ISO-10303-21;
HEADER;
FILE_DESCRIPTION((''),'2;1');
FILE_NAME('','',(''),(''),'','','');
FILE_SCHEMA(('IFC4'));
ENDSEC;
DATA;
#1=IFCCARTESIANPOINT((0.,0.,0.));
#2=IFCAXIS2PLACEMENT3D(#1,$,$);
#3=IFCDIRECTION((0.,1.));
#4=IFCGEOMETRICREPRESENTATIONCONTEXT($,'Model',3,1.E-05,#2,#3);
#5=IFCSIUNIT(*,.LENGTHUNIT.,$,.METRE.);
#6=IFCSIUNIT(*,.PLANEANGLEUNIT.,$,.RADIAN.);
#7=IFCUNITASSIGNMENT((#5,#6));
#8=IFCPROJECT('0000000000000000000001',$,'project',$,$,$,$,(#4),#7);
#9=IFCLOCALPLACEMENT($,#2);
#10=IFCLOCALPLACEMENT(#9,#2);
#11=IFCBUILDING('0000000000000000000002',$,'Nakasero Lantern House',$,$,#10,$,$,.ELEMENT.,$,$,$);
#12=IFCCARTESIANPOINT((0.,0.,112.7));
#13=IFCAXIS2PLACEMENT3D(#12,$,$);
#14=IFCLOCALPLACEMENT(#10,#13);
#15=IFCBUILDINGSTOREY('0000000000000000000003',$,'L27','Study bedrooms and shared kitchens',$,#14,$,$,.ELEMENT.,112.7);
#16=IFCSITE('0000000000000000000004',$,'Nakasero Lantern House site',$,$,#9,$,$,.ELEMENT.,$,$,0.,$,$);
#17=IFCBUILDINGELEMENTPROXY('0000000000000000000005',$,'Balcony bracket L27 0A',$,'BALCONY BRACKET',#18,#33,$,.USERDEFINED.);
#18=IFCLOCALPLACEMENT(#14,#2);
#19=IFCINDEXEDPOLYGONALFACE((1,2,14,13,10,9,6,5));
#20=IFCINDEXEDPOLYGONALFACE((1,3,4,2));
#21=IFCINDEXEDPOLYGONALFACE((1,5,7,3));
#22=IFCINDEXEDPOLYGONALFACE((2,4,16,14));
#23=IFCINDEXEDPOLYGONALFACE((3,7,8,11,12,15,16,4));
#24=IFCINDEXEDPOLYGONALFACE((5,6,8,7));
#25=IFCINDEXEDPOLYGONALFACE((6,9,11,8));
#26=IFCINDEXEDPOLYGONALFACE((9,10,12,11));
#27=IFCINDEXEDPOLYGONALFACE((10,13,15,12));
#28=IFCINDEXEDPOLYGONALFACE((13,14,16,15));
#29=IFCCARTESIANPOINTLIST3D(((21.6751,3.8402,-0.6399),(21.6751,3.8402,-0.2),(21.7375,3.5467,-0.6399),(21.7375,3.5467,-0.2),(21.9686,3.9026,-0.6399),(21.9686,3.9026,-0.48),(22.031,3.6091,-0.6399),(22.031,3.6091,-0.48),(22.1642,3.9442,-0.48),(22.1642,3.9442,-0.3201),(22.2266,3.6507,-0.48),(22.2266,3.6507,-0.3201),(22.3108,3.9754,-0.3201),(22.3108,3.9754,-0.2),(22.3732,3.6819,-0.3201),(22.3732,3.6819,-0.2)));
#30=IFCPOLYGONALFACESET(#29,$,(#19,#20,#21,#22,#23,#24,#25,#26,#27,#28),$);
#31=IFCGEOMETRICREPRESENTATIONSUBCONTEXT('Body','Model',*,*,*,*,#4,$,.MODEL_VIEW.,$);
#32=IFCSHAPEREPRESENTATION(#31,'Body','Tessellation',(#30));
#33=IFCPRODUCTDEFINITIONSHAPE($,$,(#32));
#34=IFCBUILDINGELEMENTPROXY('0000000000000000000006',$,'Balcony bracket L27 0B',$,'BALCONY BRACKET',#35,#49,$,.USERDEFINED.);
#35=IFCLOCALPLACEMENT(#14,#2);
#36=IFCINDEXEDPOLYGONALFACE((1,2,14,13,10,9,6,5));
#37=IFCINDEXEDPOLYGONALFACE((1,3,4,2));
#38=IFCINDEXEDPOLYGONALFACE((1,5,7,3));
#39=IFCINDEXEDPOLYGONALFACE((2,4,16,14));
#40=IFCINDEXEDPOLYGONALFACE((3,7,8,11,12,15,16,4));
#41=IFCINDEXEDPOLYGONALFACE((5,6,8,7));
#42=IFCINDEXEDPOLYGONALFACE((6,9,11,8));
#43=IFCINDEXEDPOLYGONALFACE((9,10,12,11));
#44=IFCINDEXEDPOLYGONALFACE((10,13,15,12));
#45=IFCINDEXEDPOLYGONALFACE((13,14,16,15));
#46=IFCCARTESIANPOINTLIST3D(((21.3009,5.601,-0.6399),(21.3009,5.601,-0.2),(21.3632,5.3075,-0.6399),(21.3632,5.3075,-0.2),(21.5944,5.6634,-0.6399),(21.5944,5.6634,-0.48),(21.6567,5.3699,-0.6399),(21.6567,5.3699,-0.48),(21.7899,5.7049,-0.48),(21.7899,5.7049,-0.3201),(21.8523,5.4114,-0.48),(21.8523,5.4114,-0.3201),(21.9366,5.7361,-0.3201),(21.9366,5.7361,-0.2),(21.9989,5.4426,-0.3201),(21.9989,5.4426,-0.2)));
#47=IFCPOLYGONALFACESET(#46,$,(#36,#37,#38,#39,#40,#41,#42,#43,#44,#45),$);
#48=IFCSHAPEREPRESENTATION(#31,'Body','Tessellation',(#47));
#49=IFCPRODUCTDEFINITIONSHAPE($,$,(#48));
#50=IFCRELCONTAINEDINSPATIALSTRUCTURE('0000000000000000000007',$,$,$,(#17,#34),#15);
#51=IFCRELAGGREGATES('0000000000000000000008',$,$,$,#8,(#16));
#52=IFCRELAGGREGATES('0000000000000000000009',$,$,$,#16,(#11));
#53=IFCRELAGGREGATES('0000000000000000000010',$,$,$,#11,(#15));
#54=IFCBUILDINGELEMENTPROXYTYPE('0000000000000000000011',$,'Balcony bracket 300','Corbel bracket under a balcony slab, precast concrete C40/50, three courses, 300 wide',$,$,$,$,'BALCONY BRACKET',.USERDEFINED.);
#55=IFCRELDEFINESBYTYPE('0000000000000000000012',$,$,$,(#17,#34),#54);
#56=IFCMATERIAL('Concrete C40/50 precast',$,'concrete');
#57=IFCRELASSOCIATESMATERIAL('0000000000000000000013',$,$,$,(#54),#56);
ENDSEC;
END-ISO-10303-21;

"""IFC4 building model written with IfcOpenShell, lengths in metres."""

from ifc_helpers import new_model, si_unit, direction, frame, origin, place, context, subcontext, project, spatial, polyline, outline, extrude, material, type_object, element, save


model = new_model("IFC4")

# Units and contexts
model_context = context("Model", 3, precision=1e-05, world=origin(), true_north=direction((0.0, 1.0)))
body_context = subcontext(model_context, "Body", "Model", "MODEL_VIEW")
ifc_project = project(units=[si_unit("LENGTHUNIT", "METRE"), si_unit("PLANEANGLEUNIT", "RADIAN")], contexts=[model_context])

# Site, building, storey
site_placement = place(None, origin())
site = spatial("IfcSite", under=ifc_project, at=site_placement, Name="Nakasero Lantern House site", CompositionType="ELEMENT", RefElevation=0.0)
building_placement = place(site_placement, origin())
building = spatial("IfcBuilding", under=site, at=building_placement, Name="Nakasero Lantern House", CompositionType="ELEMENT")
storey_placement = place(building_placement, frame((0.0, 0.0, 112.7)))
storey = spatial("IfcBuildingStorey", under=building, at=storey_placement, Name="L27", Description="Study bedrooms and shared kitchens", CompositionType="ELEMENT", Elevation=112.7)

# Building element proxies
ifc_material_1 = material(Name="Concrete C40/50 precast", Category="concrete")
building_element_proxy_type = type_object("IfcBuildingElementProxyType", Name="Balcony bracket 300", Description="Corbel bracket under a balcony slab, precast concrete C40/50, three courses, 300 wide", ElementType="BALCONY BRACKET", PredefinedType="USERDEFINED", material=ifc_material_1)
for number, where, z_axis, x_axis, name in (
    (1, (21.7063, 3.6936, -0.2), (0.0, 0.0, 1.0), (0.978148, 0.207912, 0.0), "Balcony bracket L27 0A"),
    (2, (21.332, 5.4543, -0.2), (0.0, 0.0, 1.0), (0.978148, 0.207912, 0.0), "Balcony bracket L27 0B"),
):
    element("IfcBuildingElementProxy", number, at=place(storey_placement, frame(where, z_axis=z_axis, x_axis=x_axis)), inside=storey, type_object=building_element_proxy_type, Name=name, ObjectType="BALCONY BRACKET", PredefinedType="USERDEFINED", context=body_context, shape_type="SweptSolid", body=[
        extrude(outline(polyline([(0.0, 0.0), (0.6499, 0.0), (0.6499, -0.1201), (0.5, -0.1201), (0.5, -0.28), (0.3, -0.28), (0.3, -0.4399), (0.0, -0.4399), (0.0, 0.0)])), frame((0.0, 0.1499, 0.0), z_axis=(0.0, -1.0, 0.0), x_axis=(1.0, 0.0, 0.0)), (0.0, 0.0, 1.0), 0.3),
    ])

save(model, "model.ifc")
